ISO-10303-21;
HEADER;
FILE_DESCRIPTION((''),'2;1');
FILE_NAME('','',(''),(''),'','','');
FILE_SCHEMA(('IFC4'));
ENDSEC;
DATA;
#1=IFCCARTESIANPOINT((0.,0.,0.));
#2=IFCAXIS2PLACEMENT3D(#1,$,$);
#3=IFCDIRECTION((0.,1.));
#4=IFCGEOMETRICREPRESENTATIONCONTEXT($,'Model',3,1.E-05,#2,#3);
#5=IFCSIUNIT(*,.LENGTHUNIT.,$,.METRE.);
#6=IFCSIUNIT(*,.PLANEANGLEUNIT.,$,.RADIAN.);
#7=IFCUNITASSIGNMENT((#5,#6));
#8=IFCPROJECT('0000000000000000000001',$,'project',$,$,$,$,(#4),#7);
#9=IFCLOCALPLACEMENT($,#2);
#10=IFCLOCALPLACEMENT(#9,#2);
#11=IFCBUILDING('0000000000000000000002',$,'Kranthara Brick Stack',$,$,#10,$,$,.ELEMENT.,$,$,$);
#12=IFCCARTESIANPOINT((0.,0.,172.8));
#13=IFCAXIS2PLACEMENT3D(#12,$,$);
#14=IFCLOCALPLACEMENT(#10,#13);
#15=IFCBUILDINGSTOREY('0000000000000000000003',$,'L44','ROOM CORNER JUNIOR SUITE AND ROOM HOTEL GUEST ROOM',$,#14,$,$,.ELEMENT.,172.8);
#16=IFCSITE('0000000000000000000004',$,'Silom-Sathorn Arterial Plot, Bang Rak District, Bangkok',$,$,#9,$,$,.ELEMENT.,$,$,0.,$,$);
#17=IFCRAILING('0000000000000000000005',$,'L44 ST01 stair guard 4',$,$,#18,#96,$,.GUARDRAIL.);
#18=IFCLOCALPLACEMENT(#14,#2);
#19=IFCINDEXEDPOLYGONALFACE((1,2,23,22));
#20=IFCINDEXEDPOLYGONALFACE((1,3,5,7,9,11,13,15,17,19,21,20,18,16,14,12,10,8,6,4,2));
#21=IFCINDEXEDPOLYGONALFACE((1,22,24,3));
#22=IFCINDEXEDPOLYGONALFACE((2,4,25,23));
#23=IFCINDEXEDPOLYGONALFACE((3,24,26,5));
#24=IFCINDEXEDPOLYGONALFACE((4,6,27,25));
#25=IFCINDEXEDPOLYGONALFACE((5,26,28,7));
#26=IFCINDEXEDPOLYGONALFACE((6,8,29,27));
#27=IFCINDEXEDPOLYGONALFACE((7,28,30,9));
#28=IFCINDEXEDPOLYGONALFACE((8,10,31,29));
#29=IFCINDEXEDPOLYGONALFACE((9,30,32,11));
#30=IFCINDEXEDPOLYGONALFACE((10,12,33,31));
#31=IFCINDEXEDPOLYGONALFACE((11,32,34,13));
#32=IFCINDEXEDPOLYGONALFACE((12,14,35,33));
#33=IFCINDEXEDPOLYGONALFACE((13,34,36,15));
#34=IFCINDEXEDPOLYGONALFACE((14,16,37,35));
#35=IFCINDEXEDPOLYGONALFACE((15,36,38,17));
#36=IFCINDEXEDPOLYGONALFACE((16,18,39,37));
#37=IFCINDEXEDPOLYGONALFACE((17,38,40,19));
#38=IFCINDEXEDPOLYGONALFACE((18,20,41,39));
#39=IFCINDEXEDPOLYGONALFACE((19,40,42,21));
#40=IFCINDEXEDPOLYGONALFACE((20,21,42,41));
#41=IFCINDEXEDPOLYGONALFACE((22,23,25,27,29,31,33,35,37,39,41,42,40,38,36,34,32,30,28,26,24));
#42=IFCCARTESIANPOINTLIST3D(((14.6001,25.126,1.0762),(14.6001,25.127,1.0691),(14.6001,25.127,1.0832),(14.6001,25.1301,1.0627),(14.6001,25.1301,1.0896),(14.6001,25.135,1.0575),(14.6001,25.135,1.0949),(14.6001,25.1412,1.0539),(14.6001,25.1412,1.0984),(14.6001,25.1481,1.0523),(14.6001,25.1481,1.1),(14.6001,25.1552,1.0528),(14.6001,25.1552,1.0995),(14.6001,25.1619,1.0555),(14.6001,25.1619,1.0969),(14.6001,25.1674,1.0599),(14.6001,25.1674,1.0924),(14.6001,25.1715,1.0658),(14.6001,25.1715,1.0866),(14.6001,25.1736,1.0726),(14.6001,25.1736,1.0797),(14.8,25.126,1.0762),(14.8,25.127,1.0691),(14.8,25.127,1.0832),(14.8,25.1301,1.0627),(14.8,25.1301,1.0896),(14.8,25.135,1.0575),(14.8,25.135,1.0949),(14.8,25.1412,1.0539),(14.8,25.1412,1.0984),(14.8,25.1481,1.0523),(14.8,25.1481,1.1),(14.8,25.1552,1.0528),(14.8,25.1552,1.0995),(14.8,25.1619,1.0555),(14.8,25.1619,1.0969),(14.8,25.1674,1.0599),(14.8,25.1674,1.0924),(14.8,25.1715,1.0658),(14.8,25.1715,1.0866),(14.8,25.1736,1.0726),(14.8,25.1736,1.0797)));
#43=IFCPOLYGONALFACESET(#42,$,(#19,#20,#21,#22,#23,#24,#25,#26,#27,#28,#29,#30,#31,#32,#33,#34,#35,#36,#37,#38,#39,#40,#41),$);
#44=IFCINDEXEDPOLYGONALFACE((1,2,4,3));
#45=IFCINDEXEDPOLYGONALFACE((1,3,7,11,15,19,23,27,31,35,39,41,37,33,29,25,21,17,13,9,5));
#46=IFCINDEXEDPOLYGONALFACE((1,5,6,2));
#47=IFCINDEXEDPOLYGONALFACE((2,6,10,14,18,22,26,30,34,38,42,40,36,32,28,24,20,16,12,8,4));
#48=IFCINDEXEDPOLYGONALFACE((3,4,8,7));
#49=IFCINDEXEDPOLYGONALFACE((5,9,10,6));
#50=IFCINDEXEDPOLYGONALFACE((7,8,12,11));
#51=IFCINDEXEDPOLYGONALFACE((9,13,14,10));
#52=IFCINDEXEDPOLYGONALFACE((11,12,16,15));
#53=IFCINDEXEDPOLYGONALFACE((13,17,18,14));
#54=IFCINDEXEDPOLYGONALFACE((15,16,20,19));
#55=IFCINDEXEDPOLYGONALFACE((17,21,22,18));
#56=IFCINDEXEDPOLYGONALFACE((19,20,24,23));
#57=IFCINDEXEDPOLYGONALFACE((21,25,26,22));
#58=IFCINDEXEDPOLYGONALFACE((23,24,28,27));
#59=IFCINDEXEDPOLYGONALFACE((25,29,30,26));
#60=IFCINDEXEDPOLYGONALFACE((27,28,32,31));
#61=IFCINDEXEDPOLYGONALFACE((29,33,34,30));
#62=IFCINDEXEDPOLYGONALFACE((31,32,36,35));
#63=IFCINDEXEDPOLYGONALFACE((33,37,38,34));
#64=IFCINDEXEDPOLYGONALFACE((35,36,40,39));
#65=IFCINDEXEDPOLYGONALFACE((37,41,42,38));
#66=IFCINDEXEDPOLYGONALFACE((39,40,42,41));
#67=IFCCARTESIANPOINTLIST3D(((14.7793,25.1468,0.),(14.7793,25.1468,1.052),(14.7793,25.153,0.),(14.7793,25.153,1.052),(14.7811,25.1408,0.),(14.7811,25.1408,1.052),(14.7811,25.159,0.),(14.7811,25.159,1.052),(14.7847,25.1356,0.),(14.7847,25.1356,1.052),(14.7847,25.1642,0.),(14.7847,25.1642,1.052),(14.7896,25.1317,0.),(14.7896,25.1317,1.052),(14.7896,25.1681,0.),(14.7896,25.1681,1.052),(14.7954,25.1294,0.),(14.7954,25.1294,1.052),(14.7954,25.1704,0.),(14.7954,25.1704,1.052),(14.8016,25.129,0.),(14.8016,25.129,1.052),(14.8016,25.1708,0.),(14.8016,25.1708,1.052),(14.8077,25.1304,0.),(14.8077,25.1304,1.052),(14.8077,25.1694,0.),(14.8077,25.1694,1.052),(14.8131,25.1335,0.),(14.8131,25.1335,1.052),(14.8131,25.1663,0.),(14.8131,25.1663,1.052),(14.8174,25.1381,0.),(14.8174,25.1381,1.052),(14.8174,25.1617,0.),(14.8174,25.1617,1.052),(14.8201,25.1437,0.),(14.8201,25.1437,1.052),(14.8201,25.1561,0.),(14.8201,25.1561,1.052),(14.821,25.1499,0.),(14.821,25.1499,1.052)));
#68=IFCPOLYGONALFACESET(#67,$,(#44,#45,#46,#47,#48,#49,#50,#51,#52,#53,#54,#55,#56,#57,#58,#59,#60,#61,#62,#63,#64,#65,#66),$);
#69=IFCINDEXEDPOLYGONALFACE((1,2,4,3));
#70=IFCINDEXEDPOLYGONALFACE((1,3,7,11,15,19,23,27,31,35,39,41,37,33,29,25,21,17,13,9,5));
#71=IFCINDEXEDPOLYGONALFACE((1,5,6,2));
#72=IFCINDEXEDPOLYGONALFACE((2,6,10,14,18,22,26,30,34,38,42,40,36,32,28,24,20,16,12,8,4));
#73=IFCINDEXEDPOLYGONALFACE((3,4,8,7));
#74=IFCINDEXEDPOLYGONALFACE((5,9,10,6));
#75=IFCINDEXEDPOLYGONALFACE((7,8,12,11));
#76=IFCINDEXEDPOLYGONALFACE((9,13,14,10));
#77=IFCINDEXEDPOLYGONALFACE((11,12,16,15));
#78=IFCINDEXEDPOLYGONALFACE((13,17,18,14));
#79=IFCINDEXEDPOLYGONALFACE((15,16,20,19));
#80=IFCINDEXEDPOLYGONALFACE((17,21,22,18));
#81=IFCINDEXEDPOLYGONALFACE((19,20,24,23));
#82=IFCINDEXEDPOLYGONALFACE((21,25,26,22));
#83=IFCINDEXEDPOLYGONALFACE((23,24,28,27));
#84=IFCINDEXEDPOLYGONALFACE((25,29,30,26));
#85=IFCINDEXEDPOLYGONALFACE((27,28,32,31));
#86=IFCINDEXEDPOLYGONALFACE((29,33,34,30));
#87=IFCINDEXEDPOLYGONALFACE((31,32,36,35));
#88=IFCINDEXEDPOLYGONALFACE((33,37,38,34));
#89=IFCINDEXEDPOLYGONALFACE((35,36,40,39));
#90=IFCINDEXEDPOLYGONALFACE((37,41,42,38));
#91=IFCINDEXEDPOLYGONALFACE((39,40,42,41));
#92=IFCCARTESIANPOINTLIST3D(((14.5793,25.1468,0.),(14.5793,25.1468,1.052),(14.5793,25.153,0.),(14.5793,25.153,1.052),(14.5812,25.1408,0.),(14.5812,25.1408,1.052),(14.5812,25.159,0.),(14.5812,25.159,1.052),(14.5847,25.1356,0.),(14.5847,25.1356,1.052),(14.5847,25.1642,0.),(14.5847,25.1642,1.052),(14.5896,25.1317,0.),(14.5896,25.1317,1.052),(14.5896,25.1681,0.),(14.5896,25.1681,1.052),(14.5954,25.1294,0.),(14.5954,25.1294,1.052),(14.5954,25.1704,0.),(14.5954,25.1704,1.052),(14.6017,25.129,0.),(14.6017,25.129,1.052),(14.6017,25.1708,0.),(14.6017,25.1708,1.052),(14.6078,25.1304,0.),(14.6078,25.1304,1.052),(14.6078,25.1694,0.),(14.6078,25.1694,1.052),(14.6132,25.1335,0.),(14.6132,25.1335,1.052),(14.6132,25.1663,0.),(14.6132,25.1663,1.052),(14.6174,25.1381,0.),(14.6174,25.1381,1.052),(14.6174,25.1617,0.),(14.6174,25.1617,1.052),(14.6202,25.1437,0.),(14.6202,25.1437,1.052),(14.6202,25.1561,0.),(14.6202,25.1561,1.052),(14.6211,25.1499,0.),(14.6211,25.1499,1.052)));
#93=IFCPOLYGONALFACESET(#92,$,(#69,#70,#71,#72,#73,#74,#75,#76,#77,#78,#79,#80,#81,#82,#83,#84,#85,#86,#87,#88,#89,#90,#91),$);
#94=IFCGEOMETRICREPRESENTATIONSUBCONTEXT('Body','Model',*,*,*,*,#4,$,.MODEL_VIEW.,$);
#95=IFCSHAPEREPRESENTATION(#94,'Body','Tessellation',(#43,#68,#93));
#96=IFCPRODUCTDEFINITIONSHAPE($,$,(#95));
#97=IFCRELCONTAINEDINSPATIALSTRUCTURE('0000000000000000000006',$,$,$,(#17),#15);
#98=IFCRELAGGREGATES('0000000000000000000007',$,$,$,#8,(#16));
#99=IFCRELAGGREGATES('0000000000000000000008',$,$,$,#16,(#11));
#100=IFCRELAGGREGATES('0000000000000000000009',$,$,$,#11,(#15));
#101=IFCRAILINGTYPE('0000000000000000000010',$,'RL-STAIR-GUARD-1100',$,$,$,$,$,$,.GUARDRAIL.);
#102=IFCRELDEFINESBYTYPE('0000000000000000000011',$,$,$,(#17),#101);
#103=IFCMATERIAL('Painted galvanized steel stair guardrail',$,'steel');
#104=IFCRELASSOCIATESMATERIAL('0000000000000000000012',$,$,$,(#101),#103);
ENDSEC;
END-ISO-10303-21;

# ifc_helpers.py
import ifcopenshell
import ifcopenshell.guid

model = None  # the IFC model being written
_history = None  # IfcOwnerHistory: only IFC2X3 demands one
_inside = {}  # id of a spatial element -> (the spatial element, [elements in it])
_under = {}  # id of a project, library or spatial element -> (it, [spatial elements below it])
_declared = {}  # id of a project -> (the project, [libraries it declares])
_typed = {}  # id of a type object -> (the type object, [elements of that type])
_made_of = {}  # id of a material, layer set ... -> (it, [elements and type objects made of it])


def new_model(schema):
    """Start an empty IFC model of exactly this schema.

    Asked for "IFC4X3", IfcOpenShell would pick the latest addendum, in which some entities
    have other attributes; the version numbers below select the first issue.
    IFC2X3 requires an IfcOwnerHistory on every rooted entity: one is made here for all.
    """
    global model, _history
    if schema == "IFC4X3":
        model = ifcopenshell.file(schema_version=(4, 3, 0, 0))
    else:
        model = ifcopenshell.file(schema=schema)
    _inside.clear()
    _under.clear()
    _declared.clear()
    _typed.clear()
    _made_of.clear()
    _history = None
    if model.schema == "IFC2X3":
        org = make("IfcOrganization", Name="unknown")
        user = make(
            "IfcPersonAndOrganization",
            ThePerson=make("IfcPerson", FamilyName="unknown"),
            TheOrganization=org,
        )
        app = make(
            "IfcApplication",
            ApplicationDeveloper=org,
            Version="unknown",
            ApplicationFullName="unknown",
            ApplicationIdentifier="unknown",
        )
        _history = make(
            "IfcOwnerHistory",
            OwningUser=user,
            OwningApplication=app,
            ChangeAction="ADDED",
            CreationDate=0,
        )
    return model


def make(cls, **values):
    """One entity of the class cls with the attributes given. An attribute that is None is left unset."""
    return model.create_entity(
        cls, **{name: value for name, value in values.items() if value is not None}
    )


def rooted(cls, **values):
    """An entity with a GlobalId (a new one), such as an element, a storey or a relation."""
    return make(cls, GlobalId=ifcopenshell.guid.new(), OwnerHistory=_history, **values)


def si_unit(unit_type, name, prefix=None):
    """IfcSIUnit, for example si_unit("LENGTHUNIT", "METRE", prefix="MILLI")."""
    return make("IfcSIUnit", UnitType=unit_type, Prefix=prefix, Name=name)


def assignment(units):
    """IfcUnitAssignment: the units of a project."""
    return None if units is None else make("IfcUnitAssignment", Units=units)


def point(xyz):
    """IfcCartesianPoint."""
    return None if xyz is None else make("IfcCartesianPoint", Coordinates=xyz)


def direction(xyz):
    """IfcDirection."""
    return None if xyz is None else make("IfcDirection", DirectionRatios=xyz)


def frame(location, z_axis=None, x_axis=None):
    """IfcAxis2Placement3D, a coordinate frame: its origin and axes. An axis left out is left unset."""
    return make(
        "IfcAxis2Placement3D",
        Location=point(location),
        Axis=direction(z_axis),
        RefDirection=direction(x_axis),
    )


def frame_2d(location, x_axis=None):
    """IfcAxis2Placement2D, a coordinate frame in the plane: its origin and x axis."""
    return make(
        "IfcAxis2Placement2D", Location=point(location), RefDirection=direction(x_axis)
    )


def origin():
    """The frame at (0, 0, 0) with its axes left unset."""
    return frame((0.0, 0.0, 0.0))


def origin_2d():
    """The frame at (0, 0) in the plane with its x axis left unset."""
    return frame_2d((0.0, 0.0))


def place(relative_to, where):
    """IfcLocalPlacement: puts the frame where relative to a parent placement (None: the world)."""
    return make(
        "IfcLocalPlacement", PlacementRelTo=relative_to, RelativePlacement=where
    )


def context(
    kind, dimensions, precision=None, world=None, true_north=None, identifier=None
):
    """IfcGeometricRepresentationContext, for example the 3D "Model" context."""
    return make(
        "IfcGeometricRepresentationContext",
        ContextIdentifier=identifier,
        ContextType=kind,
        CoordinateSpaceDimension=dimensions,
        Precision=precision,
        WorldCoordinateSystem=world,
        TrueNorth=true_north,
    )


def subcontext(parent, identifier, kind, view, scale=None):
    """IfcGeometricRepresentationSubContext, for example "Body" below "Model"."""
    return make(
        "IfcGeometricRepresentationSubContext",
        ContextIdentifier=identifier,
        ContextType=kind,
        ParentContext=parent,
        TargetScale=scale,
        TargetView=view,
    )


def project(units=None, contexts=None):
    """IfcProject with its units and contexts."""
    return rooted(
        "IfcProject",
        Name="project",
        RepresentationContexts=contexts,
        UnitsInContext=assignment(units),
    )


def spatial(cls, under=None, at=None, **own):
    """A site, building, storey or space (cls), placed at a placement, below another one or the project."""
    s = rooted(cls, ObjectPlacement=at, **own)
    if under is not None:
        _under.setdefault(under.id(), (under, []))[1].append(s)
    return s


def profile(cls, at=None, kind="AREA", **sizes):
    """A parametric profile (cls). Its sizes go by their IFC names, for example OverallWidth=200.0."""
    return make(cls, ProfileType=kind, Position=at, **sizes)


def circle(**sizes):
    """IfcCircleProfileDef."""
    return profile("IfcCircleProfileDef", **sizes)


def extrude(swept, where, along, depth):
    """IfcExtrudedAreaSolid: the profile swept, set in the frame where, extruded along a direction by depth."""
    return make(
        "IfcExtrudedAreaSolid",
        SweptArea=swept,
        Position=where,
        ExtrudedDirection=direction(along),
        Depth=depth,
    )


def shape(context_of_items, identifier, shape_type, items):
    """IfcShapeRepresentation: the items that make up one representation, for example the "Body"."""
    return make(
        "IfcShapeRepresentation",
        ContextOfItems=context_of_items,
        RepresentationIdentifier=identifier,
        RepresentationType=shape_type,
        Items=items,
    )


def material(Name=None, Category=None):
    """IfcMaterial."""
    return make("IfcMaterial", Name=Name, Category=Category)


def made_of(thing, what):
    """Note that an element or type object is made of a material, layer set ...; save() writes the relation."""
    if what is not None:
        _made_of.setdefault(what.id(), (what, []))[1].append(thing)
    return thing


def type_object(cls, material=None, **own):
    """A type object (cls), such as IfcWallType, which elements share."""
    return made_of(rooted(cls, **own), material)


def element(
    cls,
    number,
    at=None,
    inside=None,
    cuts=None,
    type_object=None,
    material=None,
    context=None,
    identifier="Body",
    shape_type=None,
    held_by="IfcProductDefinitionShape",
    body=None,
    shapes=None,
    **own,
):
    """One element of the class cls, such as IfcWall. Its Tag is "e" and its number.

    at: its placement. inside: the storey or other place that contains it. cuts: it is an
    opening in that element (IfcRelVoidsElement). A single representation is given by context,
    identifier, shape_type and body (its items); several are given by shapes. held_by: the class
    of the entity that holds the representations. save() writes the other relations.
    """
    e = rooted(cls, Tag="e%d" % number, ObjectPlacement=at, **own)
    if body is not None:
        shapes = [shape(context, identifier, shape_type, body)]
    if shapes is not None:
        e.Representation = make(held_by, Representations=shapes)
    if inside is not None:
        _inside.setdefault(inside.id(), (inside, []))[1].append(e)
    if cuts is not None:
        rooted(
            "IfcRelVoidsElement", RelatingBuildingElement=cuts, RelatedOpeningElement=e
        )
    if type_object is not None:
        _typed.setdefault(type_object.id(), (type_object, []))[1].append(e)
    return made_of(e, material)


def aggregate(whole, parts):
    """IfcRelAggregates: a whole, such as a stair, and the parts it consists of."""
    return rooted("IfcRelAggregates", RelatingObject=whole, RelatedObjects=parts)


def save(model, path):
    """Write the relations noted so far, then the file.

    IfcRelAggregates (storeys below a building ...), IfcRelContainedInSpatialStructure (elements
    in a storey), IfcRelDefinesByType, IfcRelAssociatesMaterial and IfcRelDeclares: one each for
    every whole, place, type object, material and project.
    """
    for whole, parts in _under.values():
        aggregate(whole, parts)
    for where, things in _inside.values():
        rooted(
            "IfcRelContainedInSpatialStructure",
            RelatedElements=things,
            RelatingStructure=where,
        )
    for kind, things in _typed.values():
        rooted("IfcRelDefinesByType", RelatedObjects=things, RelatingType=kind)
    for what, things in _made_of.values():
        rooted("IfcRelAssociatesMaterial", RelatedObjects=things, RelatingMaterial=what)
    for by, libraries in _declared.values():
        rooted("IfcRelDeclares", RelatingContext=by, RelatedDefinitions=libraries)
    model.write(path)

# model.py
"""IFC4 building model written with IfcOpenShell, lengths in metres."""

from ifc_helpers import new_model, si_unit, direction, frame, origin, origin_2d, place, context, subcontext, project, spatial, circle, extrude, material, type_object, element, save


model = new_model("IFC4")

# Units and contexts
model_context = context("Model", 3, precision=1e-05, world=origin(), true_north=direction((0.0, 1.0)))
body_context = subcontext(model_context, "Body", "Model", "MODEL_VIEW")
ifc_project = project(units=[si_unit("LENGTHUNIT", "METRE"), si_unit("PLANEANGLEUNIT", "RADIAN")], contexts=[model_context])

# Site, building, storey
site_placement = place(None, origin())
site = spatial("IfcSite", under=ifc_project, at=site_placement, Name="Silom-Sathorn Arterial Plot, Bang Rak District, Bangkok", CompositionType="ELEMENT", RefElevation=0.0)
building_placement = place(site_placement, origin())
building = spatial("IfcBuilding", under=site, at=building_placement, Name="Kranthara Brick Stack", CompositionType="ELEMENT")
storey_placement = place(building_placement, frame((0.0, 0.0, 172.8)))
storey = spatial("IfcBuildingStorey", under=building, at=storey_placement, Name="L44", Description="ROOM CORNER JUNIOR SUITE AND ROOM HOTEL GUEST ROOM", CompositionType="ELEMENT", Elevation=172.8)

# Railing
ifc_material_1 = material(Name="Painted galvanized steel stair guardrail", Category="steel")
railing_type_1 = type_object("IfcRailingType", Name="RL-STAIR-GUARD-1100", PredefinedType="GUARDRAIL", material=ifc_material_1)
railing_1_placement = place(storey_placement, frame((14.8, 25.1499, 0.0)))
element("IfcRailing", 1, at=railing_1_placement, inside=storey, type_object=railing_type_1, Name="L44 ST01 stair guard 4", PredefinedType="GUARDRAIL", context=body_context, shape_type="SweptSolid", body=[
    extrude(circle(Radius=0.0239, at=origin_2d()), frame((0.0, 0.0, 1.0762), z_axis=(-1.0, 0.0, 0.0), x_axis=(0.0, -1.0, 0.0)), (0.0, 0.0, 1.0), 0.2),
    extrude(circle(Radius=0.021, at=origin_2d()), origin(), (0.0, 0.0, 1.0), 1.052),
    extrude(circle(Radius=0.021, at=origin_2d()), frame((-0.2, 0.0, 0.0)), (0.0, 0.0, 1.0), 1.052),
])

save(model, "model.ifc")
